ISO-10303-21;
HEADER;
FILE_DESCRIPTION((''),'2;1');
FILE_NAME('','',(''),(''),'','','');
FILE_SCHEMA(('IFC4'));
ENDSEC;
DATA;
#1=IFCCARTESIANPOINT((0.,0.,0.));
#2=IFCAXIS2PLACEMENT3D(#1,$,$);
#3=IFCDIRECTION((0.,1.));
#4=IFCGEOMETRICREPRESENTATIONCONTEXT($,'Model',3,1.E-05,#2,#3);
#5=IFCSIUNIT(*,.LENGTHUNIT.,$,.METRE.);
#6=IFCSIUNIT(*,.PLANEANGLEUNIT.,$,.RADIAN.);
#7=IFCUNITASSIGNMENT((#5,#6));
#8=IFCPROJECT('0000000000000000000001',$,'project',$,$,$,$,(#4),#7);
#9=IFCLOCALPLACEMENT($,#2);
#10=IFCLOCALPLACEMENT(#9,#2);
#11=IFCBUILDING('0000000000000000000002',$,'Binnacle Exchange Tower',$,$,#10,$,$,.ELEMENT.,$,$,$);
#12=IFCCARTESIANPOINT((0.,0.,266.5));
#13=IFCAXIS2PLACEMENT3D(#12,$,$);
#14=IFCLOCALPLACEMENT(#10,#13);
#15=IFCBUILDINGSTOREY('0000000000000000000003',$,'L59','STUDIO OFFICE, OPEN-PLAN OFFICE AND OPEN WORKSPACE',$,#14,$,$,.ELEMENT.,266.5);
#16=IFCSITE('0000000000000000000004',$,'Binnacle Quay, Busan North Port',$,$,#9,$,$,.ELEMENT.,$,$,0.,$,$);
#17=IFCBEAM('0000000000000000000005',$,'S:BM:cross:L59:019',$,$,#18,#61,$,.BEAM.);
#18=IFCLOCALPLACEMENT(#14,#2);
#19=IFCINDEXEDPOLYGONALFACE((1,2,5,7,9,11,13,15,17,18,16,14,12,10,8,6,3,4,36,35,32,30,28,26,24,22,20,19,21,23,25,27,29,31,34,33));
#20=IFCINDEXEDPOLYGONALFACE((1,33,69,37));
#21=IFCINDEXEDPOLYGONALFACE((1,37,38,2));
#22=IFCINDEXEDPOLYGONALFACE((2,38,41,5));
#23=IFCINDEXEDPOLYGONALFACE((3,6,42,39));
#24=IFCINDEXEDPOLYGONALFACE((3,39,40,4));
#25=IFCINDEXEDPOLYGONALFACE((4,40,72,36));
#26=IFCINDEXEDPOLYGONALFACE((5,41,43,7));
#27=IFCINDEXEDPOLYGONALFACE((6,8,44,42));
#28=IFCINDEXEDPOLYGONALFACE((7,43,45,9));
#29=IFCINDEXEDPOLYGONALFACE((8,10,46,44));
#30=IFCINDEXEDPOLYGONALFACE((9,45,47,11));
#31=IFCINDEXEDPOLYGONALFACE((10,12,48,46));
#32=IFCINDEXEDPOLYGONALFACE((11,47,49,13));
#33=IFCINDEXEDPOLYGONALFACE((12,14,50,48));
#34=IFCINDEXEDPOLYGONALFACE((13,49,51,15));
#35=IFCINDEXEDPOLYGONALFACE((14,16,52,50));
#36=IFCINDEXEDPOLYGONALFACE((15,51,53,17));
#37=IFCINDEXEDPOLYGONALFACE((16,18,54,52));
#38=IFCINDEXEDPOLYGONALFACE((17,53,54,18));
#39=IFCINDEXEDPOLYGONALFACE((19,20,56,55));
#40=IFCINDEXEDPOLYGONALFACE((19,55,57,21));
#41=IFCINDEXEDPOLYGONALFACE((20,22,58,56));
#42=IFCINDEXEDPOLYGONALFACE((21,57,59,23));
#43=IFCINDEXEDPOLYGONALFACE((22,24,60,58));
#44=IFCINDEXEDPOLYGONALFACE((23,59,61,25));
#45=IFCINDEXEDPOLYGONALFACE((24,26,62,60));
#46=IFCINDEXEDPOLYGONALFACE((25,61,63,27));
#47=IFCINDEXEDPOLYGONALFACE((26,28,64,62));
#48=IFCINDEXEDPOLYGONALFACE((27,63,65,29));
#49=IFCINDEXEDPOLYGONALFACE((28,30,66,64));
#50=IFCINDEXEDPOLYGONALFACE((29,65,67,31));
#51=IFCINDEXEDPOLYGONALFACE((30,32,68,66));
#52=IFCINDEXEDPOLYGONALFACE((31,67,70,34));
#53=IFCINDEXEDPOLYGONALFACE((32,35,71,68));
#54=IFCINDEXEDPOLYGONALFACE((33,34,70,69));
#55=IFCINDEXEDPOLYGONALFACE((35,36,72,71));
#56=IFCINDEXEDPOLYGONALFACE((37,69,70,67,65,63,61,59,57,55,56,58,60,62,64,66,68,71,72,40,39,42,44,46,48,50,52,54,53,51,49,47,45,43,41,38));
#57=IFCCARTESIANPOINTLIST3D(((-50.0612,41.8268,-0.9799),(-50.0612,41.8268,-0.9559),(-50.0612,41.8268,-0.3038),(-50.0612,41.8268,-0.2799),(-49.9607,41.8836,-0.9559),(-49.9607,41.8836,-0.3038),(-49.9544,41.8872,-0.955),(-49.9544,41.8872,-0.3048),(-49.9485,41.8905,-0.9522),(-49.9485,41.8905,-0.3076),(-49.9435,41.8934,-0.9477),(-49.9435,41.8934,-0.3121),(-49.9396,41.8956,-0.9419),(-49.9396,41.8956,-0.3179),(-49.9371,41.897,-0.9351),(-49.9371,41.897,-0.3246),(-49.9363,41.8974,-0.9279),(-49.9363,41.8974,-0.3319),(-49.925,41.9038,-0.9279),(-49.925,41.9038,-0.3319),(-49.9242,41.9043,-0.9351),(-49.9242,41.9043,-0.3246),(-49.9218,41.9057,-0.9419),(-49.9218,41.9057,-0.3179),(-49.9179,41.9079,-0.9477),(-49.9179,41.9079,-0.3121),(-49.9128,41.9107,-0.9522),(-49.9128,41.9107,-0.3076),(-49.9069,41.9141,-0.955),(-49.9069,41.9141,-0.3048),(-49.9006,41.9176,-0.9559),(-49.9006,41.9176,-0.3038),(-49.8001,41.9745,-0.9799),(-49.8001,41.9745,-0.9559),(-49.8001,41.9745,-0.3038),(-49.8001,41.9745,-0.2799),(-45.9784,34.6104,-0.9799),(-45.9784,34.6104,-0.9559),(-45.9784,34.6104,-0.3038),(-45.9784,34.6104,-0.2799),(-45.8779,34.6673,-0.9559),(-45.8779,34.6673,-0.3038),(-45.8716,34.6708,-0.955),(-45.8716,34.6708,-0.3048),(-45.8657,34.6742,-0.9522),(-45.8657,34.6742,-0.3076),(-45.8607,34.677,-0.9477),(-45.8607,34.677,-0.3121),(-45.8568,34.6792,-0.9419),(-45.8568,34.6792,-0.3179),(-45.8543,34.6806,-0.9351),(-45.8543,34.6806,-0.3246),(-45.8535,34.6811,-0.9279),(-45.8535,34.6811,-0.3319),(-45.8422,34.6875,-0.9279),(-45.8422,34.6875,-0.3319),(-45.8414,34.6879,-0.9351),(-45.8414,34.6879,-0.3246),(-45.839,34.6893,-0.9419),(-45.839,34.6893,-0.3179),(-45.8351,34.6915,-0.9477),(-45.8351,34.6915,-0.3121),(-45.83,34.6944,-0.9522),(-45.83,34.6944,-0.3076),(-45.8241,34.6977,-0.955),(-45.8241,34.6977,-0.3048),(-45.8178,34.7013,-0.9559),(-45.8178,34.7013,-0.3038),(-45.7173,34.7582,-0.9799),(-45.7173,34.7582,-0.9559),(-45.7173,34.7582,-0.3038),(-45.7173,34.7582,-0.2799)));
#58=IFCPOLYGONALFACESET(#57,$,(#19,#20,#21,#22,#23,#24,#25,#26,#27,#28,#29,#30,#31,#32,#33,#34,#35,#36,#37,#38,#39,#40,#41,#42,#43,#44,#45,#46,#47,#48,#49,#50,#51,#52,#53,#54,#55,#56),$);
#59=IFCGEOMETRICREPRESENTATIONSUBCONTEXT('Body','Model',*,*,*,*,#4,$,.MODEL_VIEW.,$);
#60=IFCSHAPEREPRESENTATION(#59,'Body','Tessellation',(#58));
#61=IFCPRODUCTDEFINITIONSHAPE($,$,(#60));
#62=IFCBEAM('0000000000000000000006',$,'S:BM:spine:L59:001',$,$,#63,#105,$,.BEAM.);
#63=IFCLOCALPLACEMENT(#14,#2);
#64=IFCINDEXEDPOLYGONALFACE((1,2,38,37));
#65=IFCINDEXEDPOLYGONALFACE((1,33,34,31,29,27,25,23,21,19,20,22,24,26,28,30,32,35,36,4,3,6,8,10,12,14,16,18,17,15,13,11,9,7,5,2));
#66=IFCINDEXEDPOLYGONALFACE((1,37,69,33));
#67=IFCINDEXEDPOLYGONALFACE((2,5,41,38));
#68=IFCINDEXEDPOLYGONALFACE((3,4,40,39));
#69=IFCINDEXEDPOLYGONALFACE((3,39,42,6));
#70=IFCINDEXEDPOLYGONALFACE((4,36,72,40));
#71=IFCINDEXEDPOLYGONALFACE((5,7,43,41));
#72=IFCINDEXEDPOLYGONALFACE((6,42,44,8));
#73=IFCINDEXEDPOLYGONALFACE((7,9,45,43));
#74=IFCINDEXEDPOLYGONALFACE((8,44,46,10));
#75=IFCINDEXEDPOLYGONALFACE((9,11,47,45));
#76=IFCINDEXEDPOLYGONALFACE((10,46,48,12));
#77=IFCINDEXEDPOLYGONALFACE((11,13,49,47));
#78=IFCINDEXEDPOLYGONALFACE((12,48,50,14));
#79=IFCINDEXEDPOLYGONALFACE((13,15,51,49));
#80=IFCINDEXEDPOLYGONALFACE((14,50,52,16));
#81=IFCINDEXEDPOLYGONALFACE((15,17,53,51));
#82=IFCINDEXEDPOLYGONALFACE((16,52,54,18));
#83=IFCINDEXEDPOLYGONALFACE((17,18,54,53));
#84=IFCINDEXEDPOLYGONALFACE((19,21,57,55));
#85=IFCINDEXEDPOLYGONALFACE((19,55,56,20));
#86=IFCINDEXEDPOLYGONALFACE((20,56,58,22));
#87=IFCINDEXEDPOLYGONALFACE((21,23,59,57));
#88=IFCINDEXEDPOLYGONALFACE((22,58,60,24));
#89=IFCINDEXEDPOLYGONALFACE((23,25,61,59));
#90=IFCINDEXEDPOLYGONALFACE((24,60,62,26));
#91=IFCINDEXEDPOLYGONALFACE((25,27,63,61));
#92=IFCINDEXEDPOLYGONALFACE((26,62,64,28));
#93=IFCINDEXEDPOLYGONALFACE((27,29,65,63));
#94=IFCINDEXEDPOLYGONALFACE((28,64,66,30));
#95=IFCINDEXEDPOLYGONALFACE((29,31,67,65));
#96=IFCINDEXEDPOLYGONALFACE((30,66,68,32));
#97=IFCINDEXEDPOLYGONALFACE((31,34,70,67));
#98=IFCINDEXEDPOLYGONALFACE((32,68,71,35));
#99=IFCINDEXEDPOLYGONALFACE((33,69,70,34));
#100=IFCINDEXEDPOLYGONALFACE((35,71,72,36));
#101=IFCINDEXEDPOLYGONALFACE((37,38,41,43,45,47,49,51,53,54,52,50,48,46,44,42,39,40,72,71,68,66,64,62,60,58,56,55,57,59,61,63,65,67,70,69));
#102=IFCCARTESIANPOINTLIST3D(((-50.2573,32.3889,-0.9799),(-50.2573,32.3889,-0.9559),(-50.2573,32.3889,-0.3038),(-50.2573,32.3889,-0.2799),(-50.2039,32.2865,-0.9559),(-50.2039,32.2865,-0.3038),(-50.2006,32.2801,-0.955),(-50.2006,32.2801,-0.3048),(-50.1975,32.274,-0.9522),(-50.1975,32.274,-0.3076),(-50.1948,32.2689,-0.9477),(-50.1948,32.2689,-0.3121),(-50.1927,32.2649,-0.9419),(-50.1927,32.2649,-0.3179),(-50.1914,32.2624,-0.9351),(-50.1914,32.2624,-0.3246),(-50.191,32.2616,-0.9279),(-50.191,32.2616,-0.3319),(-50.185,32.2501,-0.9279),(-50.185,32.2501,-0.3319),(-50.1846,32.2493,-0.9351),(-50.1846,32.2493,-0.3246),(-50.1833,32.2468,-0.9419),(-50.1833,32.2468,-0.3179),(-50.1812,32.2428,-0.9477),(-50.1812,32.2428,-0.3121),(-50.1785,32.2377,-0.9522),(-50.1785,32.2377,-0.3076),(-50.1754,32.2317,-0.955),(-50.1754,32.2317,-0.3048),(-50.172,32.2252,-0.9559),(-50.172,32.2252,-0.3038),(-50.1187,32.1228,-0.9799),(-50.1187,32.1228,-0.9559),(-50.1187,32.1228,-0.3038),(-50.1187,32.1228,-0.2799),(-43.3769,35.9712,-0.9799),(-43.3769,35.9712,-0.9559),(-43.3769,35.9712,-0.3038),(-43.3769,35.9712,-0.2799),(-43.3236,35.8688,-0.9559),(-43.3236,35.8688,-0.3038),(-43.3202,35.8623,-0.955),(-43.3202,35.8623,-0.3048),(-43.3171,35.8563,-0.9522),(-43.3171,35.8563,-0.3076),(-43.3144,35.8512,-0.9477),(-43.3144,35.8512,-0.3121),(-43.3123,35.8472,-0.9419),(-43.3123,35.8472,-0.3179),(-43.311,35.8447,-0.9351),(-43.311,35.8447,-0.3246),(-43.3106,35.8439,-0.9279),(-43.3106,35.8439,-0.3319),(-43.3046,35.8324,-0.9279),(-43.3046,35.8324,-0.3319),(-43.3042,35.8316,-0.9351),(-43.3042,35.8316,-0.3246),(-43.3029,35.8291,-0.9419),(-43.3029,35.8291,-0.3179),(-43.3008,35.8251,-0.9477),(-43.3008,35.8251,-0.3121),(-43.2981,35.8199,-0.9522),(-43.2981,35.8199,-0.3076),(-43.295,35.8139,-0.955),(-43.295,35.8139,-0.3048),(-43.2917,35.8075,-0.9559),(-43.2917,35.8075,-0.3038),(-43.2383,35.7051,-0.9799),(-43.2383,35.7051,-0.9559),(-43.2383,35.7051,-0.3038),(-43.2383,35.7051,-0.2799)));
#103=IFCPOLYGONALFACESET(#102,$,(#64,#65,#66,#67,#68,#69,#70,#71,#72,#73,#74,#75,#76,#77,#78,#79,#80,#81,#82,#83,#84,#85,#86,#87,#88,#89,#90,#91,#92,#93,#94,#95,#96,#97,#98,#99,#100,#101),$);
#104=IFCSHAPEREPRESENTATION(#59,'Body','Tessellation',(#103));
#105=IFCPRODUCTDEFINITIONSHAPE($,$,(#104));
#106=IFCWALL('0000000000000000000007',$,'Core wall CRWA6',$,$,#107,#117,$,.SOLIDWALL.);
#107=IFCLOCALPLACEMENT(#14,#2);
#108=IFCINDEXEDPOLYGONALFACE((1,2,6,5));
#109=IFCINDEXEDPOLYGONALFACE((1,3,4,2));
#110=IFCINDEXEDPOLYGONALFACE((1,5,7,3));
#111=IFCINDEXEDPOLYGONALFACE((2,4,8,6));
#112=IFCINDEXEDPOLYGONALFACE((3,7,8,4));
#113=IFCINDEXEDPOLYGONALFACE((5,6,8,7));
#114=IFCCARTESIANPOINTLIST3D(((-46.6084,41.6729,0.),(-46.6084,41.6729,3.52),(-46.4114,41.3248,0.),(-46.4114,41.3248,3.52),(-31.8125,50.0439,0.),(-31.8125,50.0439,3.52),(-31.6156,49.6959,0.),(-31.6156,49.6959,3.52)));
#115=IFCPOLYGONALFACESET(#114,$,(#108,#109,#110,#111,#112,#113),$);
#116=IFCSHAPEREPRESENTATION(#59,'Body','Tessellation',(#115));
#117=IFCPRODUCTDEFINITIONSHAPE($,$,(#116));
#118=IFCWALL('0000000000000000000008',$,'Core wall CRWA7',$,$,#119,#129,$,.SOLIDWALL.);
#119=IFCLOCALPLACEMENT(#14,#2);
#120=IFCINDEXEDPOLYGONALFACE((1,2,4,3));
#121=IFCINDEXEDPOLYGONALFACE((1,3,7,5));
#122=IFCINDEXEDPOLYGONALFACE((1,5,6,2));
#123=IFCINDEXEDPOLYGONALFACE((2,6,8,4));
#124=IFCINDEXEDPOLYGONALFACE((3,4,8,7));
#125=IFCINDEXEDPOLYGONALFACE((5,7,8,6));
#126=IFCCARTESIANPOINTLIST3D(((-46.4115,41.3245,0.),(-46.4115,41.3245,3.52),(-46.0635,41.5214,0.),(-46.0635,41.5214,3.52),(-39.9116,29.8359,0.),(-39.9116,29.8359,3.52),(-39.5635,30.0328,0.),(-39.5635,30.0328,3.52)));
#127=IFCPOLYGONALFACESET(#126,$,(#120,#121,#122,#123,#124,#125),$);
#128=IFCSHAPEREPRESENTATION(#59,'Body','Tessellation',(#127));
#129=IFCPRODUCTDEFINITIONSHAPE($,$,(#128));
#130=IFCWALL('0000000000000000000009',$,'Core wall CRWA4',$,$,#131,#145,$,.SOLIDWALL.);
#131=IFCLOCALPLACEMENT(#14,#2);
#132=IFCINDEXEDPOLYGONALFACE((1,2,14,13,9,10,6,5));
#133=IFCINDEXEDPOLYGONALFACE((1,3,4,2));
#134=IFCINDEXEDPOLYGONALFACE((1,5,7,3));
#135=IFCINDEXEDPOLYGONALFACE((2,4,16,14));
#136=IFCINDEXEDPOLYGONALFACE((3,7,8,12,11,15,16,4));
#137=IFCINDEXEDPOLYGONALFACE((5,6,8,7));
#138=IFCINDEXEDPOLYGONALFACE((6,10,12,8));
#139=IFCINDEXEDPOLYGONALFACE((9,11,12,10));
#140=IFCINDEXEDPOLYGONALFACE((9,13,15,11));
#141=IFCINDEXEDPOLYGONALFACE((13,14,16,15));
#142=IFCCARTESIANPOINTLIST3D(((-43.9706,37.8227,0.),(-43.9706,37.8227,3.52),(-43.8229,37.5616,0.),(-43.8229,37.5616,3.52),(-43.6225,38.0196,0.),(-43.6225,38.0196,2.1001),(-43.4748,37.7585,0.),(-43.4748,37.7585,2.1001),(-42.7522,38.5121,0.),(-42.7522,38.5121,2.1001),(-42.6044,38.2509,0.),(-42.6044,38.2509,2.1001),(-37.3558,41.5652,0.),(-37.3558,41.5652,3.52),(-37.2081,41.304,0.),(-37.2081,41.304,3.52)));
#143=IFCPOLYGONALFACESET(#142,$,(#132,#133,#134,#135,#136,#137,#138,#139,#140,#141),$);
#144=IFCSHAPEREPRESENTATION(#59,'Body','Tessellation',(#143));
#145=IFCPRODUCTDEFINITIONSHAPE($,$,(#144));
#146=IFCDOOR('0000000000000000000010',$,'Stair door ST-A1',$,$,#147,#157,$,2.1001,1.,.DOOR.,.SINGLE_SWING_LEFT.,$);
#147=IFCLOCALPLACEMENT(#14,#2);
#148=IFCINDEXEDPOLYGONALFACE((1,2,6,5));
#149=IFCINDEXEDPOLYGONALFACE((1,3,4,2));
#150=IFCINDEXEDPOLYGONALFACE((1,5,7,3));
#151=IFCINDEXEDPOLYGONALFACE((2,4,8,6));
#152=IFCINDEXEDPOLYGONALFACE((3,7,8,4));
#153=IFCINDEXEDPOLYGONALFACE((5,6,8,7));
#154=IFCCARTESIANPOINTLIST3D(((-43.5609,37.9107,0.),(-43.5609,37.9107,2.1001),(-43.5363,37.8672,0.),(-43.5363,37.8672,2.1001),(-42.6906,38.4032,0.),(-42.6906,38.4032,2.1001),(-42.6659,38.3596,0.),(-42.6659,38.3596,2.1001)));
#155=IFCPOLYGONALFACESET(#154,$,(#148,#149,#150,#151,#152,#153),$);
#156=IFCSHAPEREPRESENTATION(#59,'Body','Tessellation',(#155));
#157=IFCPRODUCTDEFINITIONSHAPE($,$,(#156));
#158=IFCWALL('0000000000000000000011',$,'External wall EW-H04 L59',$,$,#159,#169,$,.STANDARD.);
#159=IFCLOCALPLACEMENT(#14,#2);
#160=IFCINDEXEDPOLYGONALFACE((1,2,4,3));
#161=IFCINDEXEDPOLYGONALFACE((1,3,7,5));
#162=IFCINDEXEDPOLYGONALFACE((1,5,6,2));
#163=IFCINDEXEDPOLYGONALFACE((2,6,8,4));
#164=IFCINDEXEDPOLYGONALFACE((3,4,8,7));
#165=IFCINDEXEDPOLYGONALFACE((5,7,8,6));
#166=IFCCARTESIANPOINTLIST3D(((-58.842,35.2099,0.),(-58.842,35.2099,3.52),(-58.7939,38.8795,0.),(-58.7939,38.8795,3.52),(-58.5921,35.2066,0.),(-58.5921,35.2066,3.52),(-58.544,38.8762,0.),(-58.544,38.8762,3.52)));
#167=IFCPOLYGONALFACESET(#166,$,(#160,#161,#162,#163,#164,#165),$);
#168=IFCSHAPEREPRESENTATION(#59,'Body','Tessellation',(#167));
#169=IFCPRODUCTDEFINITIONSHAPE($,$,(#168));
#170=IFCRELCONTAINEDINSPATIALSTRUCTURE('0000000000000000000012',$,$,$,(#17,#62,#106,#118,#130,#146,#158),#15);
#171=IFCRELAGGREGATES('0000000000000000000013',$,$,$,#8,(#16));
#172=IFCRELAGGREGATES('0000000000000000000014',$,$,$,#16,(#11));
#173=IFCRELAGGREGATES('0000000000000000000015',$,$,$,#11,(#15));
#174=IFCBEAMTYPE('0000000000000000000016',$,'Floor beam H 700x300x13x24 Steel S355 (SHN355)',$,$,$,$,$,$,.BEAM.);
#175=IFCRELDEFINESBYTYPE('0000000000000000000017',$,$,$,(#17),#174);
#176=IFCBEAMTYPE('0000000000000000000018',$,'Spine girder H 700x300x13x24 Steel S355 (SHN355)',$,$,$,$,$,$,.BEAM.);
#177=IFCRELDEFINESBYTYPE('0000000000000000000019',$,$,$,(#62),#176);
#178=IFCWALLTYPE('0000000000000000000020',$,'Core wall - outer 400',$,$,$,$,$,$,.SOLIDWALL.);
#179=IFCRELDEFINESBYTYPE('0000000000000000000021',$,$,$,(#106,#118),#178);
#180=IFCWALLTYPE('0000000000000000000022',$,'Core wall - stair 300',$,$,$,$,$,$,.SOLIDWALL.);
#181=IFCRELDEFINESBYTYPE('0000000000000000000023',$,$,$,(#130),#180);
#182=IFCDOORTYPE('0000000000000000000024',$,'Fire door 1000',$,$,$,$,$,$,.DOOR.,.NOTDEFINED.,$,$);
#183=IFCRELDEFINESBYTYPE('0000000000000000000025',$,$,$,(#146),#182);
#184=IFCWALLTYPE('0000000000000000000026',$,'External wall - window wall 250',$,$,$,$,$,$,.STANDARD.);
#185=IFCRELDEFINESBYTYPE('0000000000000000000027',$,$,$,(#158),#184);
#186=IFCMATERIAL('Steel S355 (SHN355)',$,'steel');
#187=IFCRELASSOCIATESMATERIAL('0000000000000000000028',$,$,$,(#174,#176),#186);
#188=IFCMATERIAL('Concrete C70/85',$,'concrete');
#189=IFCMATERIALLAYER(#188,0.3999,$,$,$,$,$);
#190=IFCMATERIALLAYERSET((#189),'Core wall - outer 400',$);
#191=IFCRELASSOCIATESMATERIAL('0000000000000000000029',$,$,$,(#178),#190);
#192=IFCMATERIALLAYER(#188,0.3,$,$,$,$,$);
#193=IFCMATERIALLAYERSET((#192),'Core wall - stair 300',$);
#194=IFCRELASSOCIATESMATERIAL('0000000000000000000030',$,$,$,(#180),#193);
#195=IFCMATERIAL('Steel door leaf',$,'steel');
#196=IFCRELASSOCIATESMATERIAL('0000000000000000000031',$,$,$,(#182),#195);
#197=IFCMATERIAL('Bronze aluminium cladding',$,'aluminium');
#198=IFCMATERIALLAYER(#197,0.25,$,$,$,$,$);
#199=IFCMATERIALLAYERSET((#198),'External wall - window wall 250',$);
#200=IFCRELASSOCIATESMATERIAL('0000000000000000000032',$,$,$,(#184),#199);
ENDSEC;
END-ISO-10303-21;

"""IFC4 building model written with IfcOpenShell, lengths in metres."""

from ifc_helpers import new_model, si_unit, direction, frame, frame_2d, origin, origin_2d, place, context, subcontext, project, spatial, rectangle, i_section, extrude, material, layer, layer_set, material_profile, profile_set, type_object, element, fill, save


model = new_model("IFC4")

# Units and contexts
model_context = context("Model", 3, precision=1e-05, world=origin(), true_north=direction((0.0, 1.0)))
body_context = subcontext(model_context, "Body", "Model", "MODEL_VIEW")
ifc_project = project(units=[si_unit("LENGTHUNIT", "METRE"), si_unit("PLANEANGLEUNIT", "RADIAN")], contexts=[model_context])

# Site, building, storey
site_placement = place(None, origin())
site = spatial("IfcSite", under=ifc_project, at=site_placement, Name="Binnacle Quay, Busan North Port", CompositionType="ELEMENT", RefElevation=0.0)
building_placement = place(site_placement, origin())
building = spatial("IfcBuilding", under=site, at=building_placement, Name="Binnacle Exchange Tower", CompositionType="ELEMENT")
storey_placement = place(building_placement, frame((0.0, 0.0, 266.5)))
storey = spatial("IfcBuildingStorey", under=building, at=storey_placement, Name="L59", Description="STUDIO OFFICE, OPEN-PLAN OFFICE AND OPEN WORKSPACE", CompositionType="ELEMENT", Elevation=266.5)

# Beams
ifc_material_1 = material(Name="Steel S355 (SHN355)", Category="steel")
ifc_material_profile_1 = material_profile(ifc_material_1, i_section(OverallWidth=0.3, OverallDepth=0.7, WebThickness=0.0129, FlangeThickness=0.0239, FilletRadius=0.0281, at=origin_2d()), Name="H 700x300x13x24")
ifc_profile_set_1 = profile_set([ifc_material_profile_1], Name="Steel S355 (SHN355)")
beam_type_1 = type_object("IfcBeamType", Name="Floor beam H 700x300x13x24 Steel S355 (SHN355)", PredefinedType="BEAM", material=ifc_profile_set_1)
beam_1_placement = place(storey_placement, frame((-49.9307, 41.9006, -0.6299), z_axis=(0.492421, -0.870357, 0.0), x_axis=(0.870357, 0.492421, 0.0)))
element("IfcBeam", 1, at=beam_1_placement, inside=storey, type_object=beam_type_1, Name="S:BM:cross:L59:019", PredefinedType="BEAM", context=body_context, shape_type="SweptSolid", body=[
    extrude(i_section(OverallWidth=0.3, OverallDepth=0.7, WebThickness=0.0129, FlangeThickness=0.0239, FilletRadius=0.0281, at=origin_2d()), origin(), (0.0, 0.0, 1.0), 8.2913),
])
ifc_material_profile_2 = material_profile(ifc_material_1, i_section(OverallWidth=0.3, OverallDepth=0.7, WebThickness=0.0129, FlangeThickness=0.0239, FilletRadius=0.0281, at=origin_2d()), Name="H 700x300x13x24")
ifc_profile_set_2 = profile_set([ifc_material_profile_2], Name="Steel S355 (SHN355)")
beam_type_2 = type_object("IfcBeamType", Name="Spine girder H 700x300x13x24 Steel S355 (SHN355)", PredefinedType="BEAM", material=ifc_profile_set_2)
beam_2_placement = place(storey_placement, frame((-50.188, 32.2559, -0.6299), z_axis=(0.88698, 0.461808, 0.0), x_axis=(-0.461808, 0.88698, 0.0)))
element("IfcBeam", 2, at=beam_2_placement, inside=storey, type_object=beam_type_2, Name="S:BM:spine:L59:001", PredefinedType="BEAM", context=body_context, shape_type="SweptSolid", body=[
    extrude(i_section(OverallWidth=0.3, OverallDepth=0.7, WebThickness=0.0129, FlangeThickness=0.0239, FilletRadius=0.0281, at=origin_2d()), origin(), (0.0, 0.0, 1.0), 7.7571),
])

# Walls
ifc_material_2 = material(Name="Concrete C70/85", Category="concrete")
ifc_layer_1 = layer(ifc_material_2, 0.3999)
ifc_layer_set_1 = layer_set([ifc_layer_1], Name="Core wall - outer 400")
wall_type_1 = type_object("IfcWallType", Name="Core wall - outer 400", PredefinedType="SOLIDWALL", material=ifc_layer_set_1)
wall_1_placement = place(storey_placement, frame((-46.51, 41.4988, 0.0), z_axis=(0.0, 0.0, 1.0), x_axis=(0.870356, 0.492423, 0.0)))
element("IfcWall", 3, at=wall_1_placement, inside=storey, type_object=wall_type_1, Name="Core wall CRWA6", PredefinedType="SOLIDWALL", context=body_context, shape_type="SweptSolid", body=[
    extrude(rectangle(XDim=16.9998, YDim=0.3999, at=frame_2d((8.5, 0.0))), origin(), (0.0, 0.0, 1.0), 3.52),
])
wall_2_placement = place(storey_placement, frame((-46.2375, 41.4231, 0.0), z_axis=(0.0, 0.0, 1.0), x_axis=(0.492422, -0.870357, 0.0)))
element("IfcWall", 4, at=wall_2_placement, inside=storey, type_object=wall_type_1, Name="Core wall CRWA7", PredefinedType="SOLIDWALL", context=body_context, shape_type="SweptSolid", body=[
    extrude(rectangle(XDim=13.2, YDim=0.3999, at=frame_2d((6.6001, 0.0))), origin(), (0.0, 0.0, 1.0), 3.52),
])

# Wall, opening, door
ifc_layer_2 = layer(ifc_material_2, 0.3)
ifc_layer_set_2 = layer_set([ifc_layer_2], Name="Core wall - stair 300")
wall_type_2 = type_object("IfcWallType", Name="Core wall - stair 300", PredefinedType="SOLIDWALL", material=ifc_layer_set_2)
wall_3_placement = place(storey_placement, frame((-43.8967, 37.6921, 0.0), z_axis=(0.0, 0.0, 1.0), x_axis=(0.870356, 0.492422, 0.0)))
wall_3 = element("IfcWall", 5, at=wall_3_placement, inside=storey, type_object=wall_type_2, Name="Core wall CRWA4", PredefinedType="SOLIDWALL", context=body_context, shape_type="SweptSolid", body=[
    extrude(rectangle(XDim=7.6001, YDim=0.3, at=frame_2d((3.8, 0.0))), origin(), (0.0, 0.0, 1.0), 3.52),
])
opening_1_placement = place(wall_3_placement, frame((0.3999, 0.0, 0.0)))
opening_1 = element("IfcOpeningElement", 6, at=opening_1_placement, cuts=wall_3, PredefinedType="OPENING", context=body_context, shape_type="SweptSolid", body=[
    extrude(rectangle(XDim=1.0, YDim=2.1001, at=frame_2d((0.5, 1.05))), frame((0.0, 0.1599, 0.0), z_axis=(0.0, -1.0, 0.0), x_axis=(1.0, 0.0, 0.0)), (0.0, 0.0, 1.0), 0.3201),
])
ifc_material_3 = material(Name="Steel door leaf", Category="steel")
door_type_1 = type_object("IfcDoorType", Name="Fire door 1000", OperationType="NOTDEFINED", PredefinedType="DOOR", material=ifc_material_3)
door_1_placement = place(opening_1_placement, origin())
door_1 = element("IfcDoor", 7, at=door_1_placement, inside=storey, type_object=door_type_1, Name="Stair door ST-A1", OperationType="SINGLE_SWING_LEFT", OverallHeight=2.1001, OverallWidth=1.0, PredefinedType="DOOR", context=body_context, shape_type="SweptSolid", body=[
    extrude(rectangle(XDim=1.0, YDim=2.1001, at=frame_2d((0.5, 1.05))), frame((0.0, 0.0249, 0.0), z_axis=(0.0, -1.0, 0.0), x_axis=(1.0, 0.0, 0.0)), (0.0, 0.0, 1.0), 0.05),
])
fill(opening_1, door_1)

# Wall
ifc_material_4 = material(Name="Bronze aluminium cladding", Category="aluminium")
ifc_layer_3 = layer(ifc_material_4, 0.25)
ifc_layer_set_3 = layer_set([ifc_layer_3], Name="External wall - window wall 250")
wall_type_3 = type_object("IfcWallType", Name="External wall - window wall 250", PredefinedType="STANDARD", material=ifc_layer_set_3)
wall_4_placement = place(storey_placement, frame((-58.717, 35.2083, 0.0), z_axis=(0.0, 0.0, 1.0), x_axis=(0.013105, 0.999914, 0.0)))
element("IfcWall", 8, at=wall_4_placement, inside=storey, type_object=wall_type_3, Name="External wall EW-H04 L59", PredefinedType="STANDARD", context=body_context, shape_type="SweptSolid", body=[
    extrude(rectangle(XDim=3.6699, YDim=0.25, at=frame_2d((1.835, 0.0))), origin(), (0.0, 0.0, 1.0), 3.52),
])

save(model, "model.ifc")
